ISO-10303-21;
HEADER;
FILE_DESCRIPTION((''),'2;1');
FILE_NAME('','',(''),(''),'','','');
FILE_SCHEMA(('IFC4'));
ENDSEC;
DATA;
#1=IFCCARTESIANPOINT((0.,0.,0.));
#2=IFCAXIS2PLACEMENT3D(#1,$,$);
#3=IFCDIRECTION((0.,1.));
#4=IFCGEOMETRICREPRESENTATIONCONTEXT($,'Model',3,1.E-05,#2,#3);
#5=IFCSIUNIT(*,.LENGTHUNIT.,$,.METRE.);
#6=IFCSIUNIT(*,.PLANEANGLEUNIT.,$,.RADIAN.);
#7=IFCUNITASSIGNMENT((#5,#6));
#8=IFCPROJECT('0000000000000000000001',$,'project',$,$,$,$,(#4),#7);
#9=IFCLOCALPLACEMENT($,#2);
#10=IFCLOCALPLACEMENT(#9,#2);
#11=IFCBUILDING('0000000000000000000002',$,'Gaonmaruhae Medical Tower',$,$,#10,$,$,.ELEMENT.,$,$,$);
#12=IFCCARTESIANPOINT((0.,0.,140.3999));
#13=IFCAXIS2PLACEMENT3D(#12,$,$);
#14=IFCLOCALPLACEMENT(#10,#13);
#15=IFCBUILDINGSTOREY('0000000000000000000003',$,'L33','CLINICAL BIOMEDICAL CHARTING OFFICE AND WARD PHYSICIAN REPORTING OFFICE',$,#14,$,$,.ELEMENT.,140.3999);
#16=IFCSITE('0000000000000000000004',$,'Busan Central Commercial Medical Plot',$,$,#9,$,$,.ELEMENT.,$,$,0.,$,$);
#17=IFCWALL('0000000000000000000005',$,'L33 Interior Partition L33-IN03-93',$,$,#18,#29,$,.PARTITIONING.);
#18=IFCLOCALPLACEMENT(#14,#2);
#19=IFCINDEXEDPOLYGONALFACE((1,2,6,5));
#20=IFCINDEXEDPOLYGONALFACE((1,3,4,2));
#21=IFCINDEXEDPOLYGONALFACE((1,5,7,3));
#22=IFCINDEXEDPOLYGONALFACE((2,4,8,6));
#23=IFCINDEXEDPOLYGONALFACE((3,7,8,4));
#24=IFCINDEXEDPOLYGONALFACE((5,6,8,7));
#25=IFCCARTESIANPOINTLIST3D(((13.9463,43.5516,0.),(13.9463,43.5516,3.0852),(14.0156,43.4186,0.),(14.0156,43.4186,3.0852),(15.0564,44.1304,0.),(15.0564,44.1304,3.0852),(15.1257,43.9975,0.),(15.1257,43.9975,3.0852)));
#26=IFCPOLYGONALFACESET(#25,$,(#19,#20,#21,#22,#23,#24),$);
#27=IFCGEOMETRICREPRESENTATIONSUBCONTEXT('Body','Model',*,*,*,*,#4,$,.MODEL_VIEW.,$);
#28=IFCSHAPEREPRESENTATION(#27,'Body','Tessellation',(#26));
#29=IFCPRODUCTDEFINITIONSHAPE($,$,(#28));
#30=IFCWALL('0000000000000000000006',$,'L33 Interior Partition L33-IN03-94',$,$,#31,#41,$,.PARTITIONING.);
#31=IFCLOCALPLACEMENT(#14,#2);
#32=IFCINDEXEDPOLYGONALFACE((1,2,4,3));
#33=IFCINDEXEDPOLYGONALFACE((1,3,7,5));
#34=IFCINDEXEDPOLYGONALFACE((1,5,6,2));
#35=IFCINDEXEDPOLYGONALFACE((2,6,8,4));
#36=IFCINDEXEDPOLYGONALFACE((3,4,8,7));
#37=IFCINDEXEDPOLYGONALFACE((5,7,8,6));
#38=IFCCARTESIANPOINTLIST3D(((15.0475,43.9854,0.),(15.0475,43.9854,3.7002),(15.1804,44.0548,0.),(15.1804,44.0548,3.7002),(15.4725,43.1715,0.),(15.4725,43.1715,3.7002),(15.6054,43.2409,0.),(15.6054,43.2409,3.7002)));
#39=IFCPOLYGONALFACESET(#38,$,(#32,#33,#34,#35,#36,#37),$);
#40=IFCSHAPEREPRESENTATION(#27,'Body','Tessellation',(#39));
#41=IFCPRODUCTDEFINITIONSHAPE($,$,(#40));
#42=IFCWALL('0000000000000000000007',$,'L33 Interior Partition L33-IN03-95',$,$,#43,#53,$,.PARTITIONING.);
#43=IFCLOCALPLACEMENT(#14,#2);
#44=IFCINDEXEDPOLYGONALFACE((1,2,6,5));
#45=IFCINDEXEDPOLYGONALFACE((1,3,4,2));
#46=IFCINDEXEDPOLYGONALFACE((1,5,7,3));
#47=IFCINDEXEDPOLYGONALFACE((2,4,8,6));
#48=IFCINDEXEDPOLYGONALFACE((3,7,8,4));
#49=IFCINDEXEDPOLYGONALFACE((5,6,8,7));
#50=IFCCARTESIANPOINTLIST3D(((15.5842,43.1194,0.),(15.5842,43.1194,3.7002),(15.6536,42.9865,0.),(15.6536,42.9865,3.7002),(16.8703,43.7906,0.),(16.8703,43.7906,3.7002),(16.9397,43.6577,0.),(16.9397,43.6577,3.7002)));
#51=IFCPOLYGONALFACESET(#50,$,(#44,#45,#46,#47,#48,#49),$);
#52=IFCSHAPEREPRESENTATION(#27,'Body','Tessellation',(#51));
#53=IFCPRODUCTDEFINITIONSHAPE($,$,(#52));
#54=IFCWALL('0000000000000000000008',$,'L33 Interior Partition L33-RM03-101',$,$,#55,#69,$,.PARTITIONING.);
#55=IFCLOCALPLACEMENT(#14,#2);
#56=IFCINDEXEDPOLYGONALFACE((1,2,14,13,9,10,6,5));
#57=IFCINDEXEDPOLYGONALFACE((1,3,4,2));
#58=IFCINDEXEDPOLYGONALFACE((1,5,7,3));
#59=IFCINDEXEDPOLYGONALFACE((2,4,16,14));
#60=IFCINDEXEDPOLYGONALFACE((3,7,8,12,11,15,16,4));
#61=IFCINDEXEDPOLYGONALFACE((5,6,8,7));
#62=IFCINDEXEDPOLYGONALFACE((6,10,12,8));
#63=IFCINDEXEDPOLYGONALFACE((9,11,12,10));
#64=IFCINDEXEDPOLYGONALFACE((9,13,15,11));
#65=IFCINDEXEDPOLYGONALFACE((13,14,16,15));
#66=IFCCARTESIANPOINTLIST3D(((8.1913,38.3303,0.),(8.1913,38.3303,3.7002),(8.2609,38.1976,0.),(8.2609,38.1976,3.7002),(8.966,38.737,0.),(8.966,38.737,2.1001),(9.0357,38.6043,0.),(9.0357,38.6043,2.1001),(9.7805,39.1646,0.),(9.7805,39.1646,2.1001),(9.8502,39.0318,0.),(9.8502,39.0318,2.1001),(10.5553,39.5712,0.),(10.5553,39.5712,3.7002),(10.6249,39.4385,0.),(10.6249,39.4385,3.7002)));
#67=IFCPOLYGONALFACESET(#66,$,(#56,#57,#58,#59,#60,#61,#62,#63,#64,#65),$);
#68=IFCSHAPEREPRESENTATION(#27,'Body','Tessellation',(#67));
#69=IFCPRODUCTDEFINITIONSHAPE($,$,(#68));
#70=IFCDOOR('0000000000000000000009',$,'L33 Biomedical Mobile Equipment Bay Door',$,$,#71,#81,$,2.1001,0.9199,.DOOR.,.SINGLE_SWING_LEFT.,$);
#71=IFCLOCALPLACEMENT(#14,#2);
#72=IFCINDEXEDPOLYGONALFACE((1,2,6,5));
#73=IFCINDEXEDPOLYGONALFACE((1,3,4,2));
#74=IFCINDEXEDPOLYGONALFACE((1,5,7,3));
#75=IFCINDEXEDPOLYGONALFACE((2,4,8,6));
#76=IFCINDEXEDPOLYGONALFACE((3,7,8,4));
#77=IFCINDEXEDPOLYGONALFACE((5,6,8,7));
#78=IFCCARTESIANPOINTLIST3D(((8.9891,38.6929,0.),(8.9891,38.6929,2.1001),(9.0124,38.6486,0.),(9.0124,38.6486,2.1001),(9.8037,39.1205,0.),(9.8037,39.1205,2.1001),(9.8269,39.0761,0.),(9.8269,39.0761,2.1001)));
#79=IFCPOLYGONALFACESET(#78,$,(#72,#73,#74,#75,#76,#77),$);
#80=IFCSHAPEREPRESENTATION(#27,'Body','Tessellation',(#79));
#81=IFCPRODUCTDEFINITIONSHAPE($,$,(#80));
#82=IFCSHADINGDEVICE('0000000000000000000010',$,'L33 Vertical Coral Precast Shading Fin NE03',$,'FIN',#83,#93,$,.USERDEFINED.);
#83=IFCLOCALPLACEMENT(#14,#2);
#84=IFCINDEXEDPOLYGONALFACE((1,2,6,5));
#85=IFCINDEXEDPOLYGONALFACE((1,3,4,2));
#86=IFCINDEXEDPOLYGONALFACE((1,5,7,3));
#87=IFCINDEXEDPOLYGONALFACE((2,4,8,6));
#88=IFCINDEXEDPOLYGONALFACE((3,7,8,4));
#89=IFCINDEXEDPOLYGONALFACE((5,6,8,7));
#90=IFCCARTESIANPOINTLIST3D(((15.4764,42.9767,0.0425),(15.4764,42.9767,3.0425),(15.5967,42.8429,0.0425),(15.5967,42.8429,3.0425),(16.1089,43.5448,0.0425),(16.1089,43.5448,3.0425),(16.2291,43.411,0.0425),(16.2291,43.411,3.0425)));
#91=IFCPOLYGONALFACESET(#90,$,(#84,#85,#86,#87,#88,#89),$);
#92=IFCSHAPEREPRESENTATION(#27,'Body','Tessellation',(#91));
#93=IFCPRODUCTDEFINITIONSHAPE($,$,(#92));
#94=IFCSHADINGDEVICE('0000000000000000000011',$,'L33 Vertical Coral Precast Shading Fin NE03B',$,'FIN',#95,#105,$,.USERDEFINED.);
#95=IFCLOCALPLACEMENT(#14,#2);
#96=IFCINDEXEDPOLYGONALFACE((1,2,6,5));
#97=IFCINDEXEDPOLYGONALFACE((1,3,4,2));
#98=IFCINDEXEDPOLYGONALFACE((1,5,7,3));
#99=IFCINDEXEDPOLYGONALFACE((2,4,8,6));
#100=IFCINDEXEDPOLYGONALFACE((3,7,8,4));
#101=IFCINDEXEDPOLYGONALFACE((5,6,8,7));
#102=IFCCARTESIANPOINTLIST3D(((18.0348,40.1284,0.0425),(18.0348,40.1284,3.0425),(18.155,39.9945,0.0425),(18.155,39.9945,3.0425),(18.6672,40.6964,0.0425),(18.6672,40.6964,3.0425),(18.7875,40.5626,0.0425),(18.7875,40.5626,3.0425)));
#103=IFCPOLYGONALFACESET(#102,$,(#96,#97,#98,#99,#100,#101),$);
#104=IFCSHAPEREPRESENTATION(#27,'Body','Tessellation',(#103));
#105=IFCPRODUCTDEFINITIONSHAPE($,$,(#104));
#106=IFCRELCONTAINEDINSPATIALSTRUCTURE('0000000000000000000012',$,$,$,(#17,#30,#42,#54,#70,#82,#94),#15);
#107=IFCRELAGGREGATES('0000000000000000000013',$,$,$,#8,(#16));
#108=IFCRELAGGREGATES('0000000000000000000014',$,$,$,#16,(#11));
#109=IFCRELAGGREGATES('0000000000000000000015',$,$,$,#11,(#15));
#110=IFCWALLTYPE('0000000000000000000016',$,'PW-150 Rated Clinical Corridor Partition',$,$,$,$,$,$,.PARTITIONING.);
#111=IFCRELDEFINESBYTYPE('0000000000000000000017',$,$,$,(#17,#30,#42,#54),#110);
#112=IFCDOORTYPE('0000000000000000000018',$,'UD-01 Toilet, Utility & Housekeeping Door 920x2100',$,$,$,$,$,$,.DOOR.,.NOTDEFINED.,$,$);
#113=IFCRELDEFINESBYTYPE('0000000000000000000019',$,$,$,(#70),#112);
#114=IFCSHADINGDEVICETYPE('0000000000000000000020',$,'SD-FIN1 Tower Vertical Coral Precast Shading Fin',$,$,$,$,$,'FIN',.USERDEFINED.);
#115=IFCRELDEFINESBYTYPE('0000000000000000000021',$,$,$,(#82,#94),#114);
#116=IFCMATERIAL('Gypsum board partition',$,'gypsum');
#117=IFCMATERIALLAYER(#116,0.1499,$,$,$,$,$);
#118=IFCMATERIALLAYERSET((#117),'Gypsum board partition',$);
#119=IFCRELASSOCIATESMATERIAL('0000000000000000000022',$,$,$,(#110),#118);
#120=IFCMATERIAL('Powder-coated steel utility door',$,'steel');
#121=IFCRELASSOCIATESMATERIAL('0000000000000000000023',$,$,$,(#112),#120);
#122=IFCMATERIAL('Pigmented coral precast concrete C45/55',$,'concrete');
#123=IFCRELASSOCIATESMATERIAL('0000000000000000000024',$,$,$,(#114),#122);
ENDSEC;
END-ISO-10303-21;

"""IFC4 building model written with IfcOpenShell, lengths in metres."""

from ifc_helpers import new_model, si_unit, direction, frame, frame_2d, origin, origin_2d, place, context, subcontext, project, spatial, rectangle, extrude, material, layer, layer_set, type_object, element, fill, save


model = new_model("IFC4")

# Units and contexts
model_context = context("Model", 3, precision=1e-05, world=origin(), true_north=direction((0.0, 1.0)))
body_context = subcontext(model_context, "Body", "Model", "MODEL_VIEW")
ifc_project = project(units=[si_unit("LENGTHUNIT", "METRE"), si_unit("PLANEANGLEUNIT", "RADIAN")], contexts=[model_context])

# Site, building, storey
site_placement = place(None, origin())
site = spatial("IfcSite", under=ifc_project, at=site_placement, Name="Busan Central Commercial Medical Plot", CompositionType="ELEMENT", RefElevation=0.0)
building_placement = place(site_placement, origin())
building = spatial("IfcBuilding", under=site, at=building_placement, Name="Gaonmaruhae Medical Tower", CompositionType="ELEMENT")
storey_placement = place(building_placement, frame((0.0, 0.0, 140.3999)))
storey = spatial("IfcBuildingStorey", under=building, at=storey_placement, Name="L33", Description="CLINICAL BIOMEDICAL CHARTING OFFICE AND WARD PHYSICIAN REPORTING OFFICE", CompositionType="ELEMENT", Elevation=140.3999)

# Shared definitions
ifc_material_1 = material(Name="Gypsum board partition", Category="gypsum")
ifc_layer_1 = layer(ifc_material_1, 0.1499)
ifc_layer_set_1 = layer_set([ifc_layer_1], Name="Gypsum board partition")
wall_type_1 = type_object("IfcWallType", Name="PW-150 Rated Clinical Corridor Partition", PredefinedType="PARTITIONING", material=ifc_layer_set_1)

# Shared definitions
ifc_material_2 = material(Name="Powder-coated steel utility door", Category="steel")
door_type_1 = type_object("IfcDoorType", Name="UD-01 Toilet, Utility & Housekeeping Door 920x2100", OperationType="NOTDEFINED", PredefinedType="DOOR", material=ifc_material_2)

# Walls
wall_1_placement = place(storey_placement, frame((13.981, 43.4851, 0.0), z_axis=(0.0, 0.0, 1.0), x_axis=(0.886693, 0.462359, 0.0)))
element("IfcWall", 1, at=wall_1_placement, inside=storey, type_object=wall_type_1, Name="L33 Interior Partition L33-IN03-93", PredefinedType="PARTITIONING", context=body_context, shape_type="SweptSolid", body=[
    extrude(rectangle(XDim=1.252, YDim=0.1499, at=frame_2d((0.626, 0.0))), origin(), (0.0, 0.0, 1.0), 3.0852),
])
wall_2_placement = place(storey_placement, frame((15.114, 44.02, 0.0), z_axis=(0.0, 0.0, 1.0), x_axis=(0.462884, -0.886419, 0.0)))
element("IfcWall", 2, at=wall_2_placement, inside=storey, type_object=wall_type_1, Name="L33 Interior Partition L33-IN03-94", PredefinedType="PARTITIONING", context=body_context, shape_type="SweptSolid", body=[
    extrude(rectangle(XDim=0.9182, YDim=0.1499, at=frame_2d((0.459, 0.0))), origin(), (0.0, 0.0, 1.0), 3.7002),
])
wall_3_placement = place(storey_placement, frame((15.6189, 43.053, 0.0), z_axis=(0.0, 0.0, 1.0), x_axis=(0.886552, 0.462629, 0.0)))
element("IfcWall", 3, at=wall_3_placement, inside=storey, type_object=wall_type_1, Name="L33 Interior Partition L33-IN03-95", PredefinedType="PARTITIONING", context=body_context, shape_type="SweptSolid", body=[
    extrude(rectangle(XDim=1.4507, YDim=0.1499, at=frame_2d((0.7253, 0.0))), origin(), (0.0, 0.0, 1.0), 3.7002),
])

# Wall, opening, door
wall_4_placement = place(storey_placement, frame((10.5901, 39.5049, 0.0), z_axis=(0.0, 0.0, 1.0), x_axis=(-0.88542, -0.464793, 0.0)))
wall_4 = element("IfcWall", 4, at=wall_4_placement, inside=storey, type_object=wall_type_1, Name="L33 Interior Partition L33-RM03-101", PredefinedType="PARTITIONING", context=body_context, shape_type="SweptSolid", body=[
    extrude(rectangle(XDim=2.6699, YDim=0.1499, at=frame_2d((1.335, 0.0))), origin(), (0.0, 0.0, 1.0), 3.7002),
])
opening_1_placement = place(wall_4_placement, frame((0.875, 0.0, 0.0)))
opening_1 = element("IfcOpeningElement", 5, at=opening_1_placement, cuts=wall_4, PredefinedType="OPENING", context=body_context, shape_type="SweptSolid", body=[
    extrude(rectangle(XDim=0.9199, YDim=2.1001, at=frame_2d((0.46, 1.05))), frame((0.0, 0.085, 0.0), z_axis=(0.0, -1.0, 0.0), x_axis=(1.0, 0.0, 0.0)), (0.0, 0.0, 1.0), 0.1699),
])
door_1_placement = place(opening_1_placement, origin())
door_1 = element("IfcDoor", 6, at=door_1_placement, inside=storey, type_object=door_type_1, Name="L33 Biomedical Mobile Equipment Bay Door", OperationType="SINGLE_SWING_LEFT", OverallHeight=2.1001, OverallWidth=0.9199, PredefinedType="DOOR", context=body_context, shape_type="SweptSolid", body=[
    extrude(rectangle(XDim=0.9199, YDim=2.1001, at=frame_2d((0.46, 1.05))), frame((0.0, 0.0249, 0.0), z_axis=(0.0, -1.0, 0.0), x_axis=(1.0, 0.0, 0.0)), (0.0, 0.0, 1.0), 0.05),
])
fill(opening_1, door_1)

# Shading devices
ifc_material_3 = material(Name="Pigmented coral precast concrete C45/55", Category="concrete")
shading_device_type = type_object("IfcShadingDeviceType", Name="SD-FIN1 Tower Vertical Coral Precast Shading Fin", ElementType="FIN", PredefinedType="USERDEFINED", material=ifc_material_3)
for number, where, z_axis, x_axis, name in (
    (7, (15.8528, 43.1938, 0.0425), (0.0, 0.0, 1.0), (0.668235, -0.74395, 0.0), "L33 Vertical Coral Precast Shading Fin NE03"),
    (8, (18.4111, 40.3455, 0.0425), (0.0, 0.0, 1.0), (0.668235, -0.74395, 0.0), "L33 Vertical Coral Precast Shading Fin NE03B"),
):
    element("IfcShadingDevice", number, at=place(storey_placement, frame(where, z_axis=z_axis, x_axis=x_axis)), inside=storey, type_object=shading_device_type, Name=name, ObjectType="FIN", PredefinedType="USERDEFINED", context=body_context, shape_type="SweptSolid", body=[
        extrude(rectangle(XDim=0.1799, YDim=0.8501, at=origin_2d()), origin(), (0.0, 0.0, 1.0), 3.0),
    ])

save(model, "model.ifc")
